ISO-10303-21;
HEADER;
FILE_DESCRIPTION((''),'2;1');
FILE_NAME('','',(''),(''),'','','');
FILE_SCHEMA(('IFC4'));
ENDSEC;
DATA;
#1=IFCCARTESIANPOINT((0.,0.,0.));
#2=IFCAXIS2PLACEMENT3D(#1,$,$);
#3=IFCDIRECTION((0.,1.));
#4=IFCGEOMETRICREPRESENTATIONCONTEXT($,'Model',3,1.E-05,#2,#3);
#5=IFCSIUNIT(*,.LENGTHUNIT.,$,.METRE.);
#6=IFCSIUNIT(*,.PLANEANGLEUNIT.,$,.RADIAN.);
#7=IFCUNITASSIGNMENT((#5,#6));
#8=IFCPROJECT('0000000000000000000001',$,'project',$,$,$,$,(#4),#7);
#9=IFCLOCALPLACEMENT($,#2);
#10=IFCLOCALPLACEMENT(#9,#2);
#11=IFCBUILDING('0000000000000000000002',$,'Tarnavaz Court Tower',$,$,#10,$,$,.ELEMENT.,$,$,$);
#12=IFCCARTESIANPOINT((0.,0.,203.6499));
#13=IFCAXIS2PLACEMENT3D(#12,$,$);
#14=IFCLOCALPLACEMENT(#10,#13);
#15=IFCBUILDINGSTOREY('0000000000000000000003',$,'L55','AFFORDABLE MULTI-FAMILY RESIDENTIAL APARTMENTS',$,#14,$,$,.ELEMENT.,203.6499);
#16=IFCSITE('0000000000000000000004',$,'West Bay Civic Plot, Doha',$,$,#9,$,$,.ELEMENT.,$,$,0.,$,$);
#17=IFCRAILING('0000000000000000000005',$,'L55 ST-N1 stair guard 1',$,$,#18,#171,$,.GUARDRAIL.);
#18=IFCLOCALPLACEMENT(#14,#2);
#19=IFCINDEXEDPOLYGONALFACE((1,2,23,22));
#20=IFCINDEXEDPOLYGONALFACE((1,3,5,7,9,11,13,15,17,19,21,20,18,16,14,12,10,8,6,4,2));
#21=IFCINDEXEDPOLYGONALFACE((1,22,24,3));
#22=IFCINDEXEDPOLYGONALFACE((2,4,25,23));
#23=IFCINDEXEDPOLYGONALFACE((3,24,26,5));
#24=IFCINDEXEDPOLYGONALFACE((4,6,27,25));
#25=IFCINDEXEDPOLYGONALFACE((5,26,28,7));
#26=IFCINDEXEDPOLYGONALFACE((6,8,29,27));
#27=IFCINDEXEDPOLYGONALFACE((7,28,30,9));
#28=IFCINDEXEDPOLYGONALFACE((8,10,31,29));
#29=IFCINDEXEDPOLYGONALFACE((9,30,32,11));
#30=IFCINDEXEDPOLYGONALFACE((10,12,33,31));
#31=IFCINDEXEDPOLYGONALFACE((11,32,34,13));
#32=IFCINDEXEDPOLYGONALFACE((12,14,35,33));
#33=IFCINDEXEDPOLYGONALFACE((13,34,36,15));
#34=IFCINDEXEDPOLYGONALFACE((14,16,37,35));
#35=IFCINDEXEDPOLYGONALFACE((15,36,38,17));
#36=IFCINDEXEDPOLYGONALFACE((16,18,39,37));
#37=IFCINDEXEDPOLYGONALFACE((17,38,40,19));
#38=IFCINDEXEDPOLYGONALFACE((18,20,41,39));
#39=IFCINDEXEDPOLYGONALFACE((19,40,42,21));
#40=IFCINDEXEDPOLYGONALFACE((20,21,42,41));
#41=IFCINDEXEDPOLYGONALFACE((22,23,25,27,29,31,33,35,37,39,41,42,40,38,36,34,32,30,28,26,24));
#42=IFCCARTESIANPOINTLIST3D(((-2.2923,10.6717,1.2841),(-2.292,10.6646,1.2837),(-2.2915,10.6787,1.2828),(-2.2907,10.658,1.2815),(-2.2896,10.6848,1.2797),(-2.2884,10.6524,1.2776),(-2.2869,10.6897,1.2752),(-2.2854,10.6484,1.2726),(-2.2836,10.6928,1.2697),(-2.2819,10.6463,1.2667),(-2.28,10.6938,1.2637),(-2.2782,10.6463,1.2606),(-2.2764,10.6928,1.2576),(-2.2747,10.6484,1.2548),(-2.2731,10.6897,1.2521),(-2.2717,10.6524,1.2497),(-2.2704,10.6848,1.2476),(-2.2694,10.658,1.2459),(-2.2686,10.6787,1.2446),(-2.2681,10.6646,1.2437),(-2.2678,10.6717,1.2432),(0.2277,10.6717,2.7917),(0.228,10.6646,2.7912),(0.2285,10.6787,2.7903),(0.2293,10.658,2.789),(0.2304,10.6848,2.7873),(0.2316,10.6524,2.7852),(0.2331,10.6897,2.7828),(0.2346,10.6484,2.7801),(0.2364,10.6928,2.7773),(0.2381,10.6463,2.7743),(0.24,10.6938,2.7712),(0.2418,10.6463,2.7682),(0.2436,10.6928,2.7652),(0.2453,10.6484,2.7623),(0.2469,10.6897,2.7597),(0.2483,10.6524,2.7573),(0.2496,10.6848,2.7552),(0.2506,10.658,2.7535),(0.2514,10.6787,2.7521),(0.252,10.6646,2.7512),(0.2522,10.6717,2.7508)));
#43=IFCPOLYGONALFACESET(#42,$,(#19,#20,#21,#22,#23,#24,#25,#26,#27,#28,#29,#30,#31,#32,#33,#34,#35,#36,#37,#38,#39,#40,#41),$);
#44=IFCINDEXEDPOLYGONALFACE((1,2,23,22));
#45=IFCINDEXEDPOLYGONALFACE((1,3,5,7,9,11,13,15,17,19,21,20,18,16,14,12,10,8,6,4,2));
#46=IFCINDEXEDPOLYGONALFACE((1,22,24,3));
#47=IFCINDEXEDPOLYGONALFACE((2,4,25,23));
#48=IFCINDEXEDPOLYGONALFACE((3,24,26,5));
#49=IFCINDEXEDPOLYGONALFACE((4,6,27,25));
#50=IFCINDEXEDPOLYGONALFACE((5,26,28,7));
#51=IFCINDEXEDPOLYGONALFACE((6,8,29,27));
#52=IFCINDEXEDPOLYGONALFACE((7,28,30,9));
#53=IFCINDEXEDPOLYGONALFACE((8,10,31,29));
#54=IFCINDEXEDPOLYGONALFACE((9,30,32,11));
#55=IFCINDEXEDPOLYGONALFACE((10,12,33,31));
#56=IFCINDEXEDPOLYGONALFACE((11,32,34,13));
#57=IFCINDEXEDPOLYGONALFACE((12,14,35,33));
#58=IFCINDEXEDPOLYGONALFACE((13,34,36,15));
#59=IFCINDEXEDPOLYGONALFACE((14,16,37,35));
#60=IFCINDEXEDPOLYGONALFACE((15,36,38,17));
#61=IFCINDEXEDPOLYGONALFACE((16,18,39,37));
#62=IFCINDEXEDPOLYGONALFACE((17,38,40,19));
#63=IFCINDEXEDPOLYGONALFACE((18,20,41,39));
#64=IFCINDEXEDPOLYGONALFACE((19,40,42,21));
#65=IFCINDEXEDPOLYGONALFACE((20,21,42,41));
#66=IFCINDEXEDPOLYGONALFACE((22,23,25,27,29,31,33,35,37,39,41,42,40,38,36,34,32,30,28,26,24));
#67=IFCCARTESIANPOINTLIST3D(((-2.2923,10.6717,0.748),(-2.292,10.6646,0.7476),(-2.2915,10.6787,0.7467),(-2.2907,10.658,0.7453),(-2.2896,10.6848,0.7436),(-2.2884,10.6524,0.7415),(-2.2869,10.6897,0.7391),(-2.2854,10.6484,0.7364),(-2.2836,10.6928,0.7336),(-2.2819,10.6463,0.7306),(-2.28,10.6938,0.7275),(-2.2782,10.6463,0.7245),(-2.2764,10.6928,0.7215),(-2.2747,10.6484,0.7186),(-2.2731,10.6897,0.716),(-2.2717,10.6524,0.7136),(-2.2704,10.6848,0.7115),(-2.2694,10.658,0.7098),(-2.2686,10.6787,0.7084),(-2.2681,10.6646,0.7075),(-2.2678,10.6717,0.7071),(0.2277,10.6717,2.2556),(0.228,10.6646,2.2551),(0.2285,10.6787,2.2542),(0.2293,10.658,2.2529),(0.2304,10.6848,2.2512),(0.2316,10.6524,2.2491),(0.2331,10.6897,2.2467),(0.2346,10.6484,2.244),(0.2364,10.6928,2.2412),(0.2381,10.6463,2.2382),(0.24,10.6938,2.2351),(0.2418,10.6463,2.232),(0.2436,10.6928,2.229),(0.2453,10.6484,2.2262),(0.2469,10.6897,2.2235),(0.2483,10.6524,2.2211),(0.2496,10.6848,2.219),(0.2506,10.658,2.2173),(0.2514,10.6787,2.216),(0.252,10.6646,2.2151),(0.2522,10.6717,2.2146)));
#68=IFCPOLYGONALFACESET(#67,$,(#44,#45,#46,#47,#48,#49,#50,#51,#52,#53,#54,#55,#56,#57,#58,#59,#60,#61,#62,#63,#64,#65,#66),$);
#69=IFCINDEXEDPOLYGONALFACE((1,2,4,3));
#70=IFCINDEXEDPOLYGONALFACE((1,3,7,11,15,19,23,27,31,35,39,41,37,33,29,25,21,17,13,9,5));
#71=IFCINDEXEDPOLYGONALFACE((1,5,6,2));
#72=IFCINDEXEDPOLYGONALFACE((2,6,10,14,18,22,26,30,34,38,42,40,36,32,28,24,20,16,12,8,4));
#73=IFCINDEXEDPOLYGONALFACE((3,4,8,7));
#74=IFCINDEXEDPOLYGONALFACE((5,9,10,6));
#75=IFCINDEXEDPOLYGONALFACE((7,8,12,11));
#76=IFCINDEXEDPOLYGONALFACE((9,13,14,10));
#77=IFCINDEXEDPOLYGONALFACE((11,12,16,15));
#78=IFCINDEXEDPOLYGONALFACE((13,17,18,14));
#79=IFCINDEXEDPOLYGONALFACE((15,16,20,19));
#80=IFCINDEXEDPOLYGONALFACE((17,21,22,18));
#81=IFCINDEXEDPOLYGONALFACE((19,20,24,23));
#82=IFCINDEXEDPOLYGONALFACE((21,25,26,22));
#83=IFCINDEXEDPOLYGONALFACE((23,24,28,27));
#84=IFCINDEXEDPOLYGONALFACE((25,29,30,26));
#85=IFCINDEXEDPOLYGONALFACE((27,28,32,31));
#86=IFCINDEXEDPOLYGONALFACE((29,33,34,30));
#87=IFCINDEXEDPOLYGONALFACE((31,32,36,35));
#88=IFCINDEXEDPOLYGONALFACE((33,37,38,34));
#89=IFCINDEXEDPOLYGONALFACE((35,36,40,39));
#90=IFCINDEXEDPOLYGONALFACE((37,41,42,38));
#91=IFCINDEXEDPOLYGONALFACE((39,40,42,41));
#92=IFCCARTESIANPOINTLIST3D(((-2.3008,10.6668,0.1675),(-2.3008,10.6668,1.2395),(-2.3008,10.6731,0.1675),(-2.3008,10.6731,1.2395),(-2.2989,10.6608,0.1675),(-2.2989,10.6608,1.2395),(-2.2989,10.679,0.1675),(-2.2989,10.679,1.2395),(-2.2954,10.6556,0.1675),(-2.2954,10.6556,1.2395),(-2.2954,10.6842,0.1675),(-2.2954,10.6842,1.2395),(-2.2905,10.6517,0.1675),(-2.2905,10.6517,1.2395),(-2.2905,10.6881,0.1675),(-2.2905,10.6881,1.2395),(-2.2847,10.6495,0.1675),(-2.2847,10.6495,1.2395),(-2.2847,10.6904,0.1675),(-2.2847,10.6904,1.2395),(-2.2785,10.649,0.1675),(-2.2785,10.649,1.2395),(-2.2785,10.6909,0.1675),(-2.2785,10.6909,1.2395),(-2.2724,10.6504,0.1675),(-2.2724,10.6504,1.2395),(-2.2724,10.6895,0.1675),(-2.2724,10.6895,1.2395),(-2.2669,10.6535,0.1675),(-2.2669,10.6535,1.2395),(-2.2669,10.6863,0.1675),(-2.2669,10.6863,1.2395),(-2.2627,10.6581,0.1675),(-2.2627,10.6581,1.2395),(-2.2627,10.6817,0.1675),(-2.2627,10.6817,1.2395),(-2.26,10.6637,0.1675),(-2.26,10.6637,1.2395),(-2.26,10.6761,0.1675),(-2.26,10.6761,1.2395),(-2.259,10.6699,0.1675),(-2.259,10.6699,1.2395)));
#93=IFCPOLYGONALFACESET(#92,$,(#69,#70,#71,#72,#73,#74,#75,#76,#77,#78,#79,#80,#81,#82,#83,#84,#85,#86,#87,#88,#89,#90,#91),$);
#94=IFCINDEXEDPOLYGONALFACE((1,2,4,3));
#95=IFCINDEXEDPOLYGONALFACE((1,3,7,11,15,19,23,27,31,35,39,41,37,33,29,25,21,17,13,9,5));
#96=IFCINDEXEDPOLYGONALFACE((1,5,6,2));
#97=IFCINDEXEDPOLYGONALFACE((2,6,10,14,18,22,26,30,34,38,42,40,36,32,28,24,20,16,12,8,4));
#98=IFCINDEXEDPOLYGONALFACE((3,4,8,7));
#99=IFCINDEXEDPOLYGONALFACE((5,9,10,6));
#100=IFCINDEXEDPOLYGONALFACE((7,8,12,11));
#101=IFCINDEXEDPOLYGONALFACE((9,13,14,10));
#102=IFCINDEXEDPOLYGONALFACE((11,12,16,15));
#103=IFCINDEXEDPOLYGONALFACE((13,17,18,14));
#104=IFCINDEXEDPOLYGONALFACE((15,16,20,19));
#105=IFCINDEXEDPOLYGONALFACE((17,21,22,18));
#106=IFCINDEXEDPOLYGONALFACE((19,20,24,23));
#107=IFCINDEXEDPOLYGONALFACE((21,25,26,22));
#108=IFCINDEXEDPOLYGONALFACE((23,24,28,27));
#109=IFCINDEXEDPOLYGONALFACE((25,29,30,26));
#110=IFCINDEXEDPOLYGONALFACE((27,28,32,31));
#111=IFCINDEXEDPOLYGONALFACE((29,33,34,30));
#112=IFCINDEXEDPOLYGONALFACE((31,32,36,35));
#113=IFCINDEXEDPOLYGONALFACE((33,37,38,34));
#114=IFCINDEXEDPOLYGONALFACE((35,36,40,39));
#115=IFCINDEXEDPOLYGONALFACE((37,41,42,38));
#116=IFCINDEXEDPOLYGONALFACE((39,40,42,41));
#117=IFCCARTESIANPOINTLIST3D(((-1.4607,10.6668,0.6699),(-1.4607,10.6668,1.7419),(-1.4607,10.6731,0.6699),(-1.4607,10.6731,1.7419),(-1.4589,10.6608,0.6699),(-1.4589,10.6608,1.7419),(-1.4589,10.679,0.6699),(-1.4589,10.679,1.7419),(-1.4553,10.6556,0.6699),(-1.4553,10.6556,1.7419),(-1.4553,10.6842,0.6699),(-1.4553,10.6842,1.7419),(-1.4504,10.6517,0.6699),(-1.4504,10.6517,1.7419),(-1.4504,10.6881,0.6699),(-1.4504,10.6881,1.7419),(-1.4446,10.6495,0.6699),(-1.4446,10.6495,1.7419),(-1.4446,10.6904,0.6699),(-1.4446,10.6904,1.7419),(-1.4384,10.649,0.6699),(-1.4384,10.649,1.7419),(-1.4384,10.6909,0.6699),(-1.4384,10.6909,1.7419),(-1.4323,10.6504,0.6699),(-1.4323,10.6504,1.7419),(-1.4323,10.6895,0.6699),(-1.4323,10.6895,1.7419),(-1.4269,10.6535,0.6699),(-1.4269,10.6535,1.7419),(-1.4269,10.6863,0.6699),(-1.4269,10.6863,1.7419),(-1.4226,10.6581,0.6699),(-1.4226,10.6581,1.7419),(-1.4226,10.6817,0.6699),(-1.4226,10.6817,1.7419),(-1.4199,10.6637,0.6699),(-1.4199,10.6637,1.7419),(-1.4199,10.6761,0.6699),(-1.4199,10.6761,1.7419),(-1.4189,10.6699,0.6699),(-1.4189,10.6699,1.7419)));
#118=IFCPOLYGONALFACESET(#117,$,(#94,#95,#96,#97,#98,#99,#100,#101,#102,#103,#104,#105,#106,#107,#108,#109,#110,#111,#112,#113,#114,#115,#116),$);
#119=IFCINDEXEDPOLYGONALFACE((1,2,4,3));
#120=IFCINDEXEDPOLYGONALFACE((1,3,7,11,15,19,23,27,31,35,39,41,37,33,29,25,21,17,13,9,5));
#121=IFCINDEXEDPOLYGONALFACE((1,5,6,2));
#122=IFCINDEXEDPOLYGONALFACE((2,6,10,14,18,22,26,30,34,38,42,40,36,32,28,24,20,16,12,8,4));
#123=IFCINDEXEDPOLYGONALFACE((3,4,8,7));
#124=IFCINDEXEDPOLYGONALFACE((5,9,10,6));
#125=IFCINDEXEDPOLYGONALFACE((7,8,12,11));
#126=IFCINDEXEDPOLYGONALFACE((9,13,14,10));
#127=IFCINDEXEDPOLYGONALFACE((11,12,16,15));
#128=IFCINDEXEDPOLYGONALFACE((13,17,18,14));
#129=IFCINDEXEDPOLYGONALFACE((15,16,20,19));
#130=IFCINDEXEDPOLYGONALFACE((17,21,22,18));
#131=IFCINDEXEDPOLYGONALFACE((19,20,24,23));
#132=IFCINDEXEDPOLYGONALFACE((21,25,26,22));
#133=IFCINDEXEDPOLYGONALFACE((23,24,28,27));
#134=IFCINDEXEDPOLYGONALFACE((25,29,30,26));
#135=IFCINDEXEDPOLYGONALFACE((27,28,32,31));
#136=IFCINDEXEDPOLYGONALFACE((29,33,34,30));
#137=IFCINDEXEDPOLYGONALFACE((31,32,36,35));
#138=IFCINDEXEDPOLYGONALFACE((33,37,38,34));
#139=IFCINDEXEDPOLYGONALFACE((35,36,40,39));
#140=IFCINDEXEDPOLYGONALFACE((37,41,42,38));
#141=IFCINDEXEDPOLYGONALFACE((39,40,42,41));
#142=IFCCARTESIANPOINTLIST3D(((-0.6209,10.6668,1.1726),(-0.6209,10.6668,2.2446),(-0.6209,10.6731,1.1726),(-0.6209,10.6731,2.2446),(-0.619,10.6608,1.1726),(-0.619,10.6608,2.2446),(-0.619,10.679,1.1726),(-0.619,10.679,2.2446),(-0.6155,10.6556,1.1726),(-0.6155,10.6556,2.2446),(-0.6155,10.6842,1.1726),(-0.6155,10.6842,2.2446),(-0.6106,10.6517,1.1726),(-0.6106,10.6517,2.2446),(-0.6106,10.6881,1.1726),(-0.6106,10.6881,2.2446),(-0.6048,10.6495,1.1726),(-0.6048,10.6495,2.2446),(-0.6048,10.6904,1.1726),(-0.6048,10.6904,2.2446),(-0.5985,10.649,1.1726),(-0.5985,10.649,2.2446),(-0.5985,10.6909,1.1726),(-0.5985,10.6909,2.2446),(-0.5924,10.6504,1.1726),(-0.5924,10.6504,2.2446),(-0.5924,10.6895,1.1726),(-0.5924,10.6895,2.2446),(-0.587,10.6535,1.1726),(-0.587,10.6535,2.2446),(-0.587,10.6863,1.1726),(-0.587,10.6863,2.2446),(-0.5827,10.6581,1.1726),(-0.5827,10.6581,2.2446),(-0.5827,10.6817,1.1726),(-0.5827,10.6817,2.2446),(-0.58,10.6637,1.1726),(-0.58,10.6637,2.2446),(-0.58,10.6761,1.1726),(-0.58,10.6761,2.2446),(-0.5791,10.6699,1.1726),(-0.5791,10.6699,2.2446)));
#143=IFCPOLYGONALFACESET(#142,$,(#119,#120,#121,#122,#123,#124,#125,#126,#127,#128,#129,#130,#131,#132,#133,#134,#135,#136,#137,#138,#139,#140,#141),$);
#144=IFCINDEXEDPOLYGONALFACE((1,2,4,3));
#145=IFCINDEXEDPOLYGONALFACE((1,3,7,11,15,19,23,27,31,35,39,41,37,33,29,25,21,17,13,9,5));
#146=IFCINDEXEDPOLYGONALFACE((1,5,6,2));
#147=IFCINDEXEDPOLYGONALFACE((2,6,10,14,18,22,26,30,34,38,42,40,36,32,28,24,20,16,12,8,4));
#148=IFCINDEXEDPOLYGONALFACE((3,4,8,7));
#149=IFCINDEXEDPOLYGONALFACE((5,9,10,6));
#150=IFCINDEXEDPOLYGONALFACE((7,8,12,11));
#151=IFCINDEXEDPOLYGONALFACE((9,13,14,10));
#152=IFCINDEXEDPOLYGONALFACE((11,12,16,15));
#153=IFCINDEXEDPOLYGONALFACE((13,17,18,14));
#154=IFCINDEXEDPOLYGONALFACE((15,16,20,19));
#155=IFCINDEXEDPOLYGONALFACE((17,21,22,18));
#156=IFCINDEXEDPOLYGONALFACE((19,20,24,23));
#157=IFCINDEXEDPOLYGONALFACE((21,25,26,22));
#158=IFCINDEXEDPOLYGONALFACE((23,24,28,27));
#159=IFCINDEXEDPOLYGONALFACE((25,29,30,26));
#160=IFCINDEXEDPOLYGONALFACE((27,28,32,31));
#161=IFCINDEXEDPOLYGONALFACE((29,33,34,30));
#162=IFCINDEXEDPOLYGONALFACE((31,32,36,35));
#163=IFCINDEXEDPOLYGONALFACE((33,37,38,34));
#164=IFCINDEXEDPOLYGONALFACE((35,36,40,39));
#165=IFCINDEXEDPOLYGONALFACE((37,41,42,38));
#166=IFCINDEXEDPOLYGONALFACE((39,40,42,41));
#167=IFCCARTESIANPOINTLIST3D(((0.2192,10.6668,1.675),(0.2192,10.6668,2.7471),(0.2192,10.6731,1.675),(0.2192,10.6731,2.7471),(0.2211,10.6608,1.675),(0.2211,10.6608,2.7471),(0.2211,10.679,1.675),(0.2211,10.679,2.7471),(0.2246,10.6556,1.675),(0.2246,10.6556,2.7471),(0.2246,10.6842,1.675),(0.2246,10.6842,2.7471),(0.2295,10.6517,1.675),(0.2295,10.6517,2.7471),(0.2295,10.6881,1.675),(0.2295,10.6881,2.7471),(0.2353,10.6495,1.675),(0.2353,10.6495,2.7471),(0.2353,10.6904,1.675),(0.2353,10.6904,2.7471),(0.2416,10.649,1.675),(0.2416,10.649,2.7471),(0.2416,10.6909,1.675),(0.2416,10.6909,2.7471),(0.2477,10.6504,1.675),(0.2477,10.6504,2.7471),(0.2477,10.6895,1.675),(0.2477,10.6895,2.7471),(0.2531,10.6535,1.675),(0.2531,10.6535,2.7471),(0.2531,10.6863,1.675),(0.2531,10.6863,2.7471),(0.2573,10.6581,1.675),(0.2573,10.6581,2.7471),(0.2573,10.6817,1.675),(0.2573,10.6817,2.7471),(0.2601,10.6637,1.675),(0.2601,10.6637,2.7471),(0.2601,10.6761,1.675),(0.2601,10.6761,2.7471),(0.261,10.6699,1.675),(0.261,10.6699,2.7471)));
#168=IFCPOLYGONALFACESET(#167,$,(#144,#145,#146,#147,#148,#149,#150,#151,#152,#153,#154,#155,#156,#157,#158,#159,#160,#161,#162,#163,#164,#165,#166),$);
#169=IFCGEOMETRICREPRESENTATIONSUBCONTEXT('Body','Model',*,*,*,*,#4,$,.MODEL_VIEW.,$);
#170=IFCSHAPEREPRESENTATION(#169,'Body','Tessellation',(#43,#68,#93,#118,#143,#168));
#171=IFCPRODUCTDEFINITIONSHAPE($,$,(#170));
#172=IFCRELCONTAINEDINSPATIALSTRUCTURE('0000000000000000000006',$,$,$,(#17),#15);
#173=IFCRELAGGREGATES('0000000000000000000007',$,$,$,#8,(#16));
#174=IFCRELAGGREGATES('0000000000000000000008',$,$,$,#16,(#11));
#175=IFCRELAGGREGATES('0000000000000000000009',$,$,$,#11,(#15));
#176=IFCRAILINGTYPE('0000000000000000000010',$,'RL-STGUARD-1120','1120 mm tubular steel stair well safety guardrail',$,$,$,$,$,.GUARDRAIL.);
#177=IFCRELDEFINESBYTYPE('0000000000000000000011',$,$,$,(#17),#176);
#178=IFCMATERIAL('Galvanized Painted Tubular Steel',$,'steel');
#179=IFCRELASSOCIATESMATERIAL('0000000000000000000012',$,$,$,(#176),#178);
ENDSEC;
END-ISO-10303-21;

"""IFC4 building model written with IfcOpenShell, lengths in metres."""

from ifc_helpers import new_model, si_unit, direction, frame, origin, origin_2d, place, context, subcontext, project, spatial, circle, extrude, material, type_object, element, save


model = new_model("IFC4")

# Units and contexts
model_context = context("Model", 3, precision=1e-05, world=origin(), true_north=direction((0.0, 1.0)))
body_context = subcontext(model_context, "Body", "Model", "MODEL_VIEW")
ifc_project = project(units=[si_unit("LENGTHUNIT", "METRE"), si_unit("PLANEANGLEUNIT", "RADIAN")], contexts=[model_context])

# Site, building, storey
site_placement = place(None, origin())
site = spatial("IfcSite", under=ifc_project, at=site_placement, Name="West Bay Civic Plot, Doha", CompositionType="ELEMENT", RefElevation=0.0)
building_placement = place(site_placement, origin())
building = spatial("IfcBuilding", under=site, at=building_placement, Name="Tarnavaz Court Tower", CompositionType="ELEMENT")
storey_placement = place(building_placement, frame((0.0, 0.0, 203.6499)))
storey = spatial("IfcBuildingStorey", under=building, at=storey_placement, Name="L55", Description="AFFORDABLE MULTI-FAMILY RESIDENTIAL APARTMENTS", CompositionType="ELEMENT", Elevation=203.6499)

# Railing
ifc_material_1 = material(Name="Galvanized Painted Tubular Steel", Category="steel")
railing_type_1 = type_object("IfcRailingType", Name="RL-STGUARD-1120", Description="1120 mm tubular steel stair well safety guardrail", PredefinedType="GUARDRAIL", material=ifc_material_1)
railing_1_placement = place(storey_placement, frame((-2.28, 10.6699, 0.1675)))
element("IfcRailing", 1, at=railing_1_placement, inside=storey, type_object=railing_type_1, Name="L55 ST-N1 stair guard 1", PredefinedType="GUARDRAIL", context=body_context, shape_type="SweptSolid", body=[
    extrude(circle(Radius=0.0239, at=origin_2d()), frame((0.0, 0.0, 1.0962), z_axis=(0.85816, 0.0, 0.513383), x_axis=(0.0, 1.0, 0.0)), (0.0, 0.0, 1.0), 2.9365),
    extrude(circle(Radius=0.0239, at=origin_2d()), frame((0.0, 0.0, 0.5601), z_axis=(0.85816, 0.0, 0.513383), x_axis=(0.0, 1.0, 0.0)), (0.0, 0.0, 1.0), 2.9365),
    extrude(circle(Radius=0.021, at=origin_2d()), origin(), (0.0, 0.0, 1.0), 1.072),
    extrude(circle(Radius=0.021, at=origin_2d()), frame((0.8401, 0.0, 0.5024)), (0.0, 0.0, 1.0), 1.072),
    extrude(circle(Radius=0.021, at=origin_2d()), frame((1.6799, 0.0, 1.0051)), (0.0, 0.0, 1.0), 1.072),
    extrude(circle(Radius=0.021, at=origin_2d()), frame((2.52, 0.0, 1.5076)), (0.0, 0.0, 1.0), 1.072),
])

save(model, "model.ifc")
